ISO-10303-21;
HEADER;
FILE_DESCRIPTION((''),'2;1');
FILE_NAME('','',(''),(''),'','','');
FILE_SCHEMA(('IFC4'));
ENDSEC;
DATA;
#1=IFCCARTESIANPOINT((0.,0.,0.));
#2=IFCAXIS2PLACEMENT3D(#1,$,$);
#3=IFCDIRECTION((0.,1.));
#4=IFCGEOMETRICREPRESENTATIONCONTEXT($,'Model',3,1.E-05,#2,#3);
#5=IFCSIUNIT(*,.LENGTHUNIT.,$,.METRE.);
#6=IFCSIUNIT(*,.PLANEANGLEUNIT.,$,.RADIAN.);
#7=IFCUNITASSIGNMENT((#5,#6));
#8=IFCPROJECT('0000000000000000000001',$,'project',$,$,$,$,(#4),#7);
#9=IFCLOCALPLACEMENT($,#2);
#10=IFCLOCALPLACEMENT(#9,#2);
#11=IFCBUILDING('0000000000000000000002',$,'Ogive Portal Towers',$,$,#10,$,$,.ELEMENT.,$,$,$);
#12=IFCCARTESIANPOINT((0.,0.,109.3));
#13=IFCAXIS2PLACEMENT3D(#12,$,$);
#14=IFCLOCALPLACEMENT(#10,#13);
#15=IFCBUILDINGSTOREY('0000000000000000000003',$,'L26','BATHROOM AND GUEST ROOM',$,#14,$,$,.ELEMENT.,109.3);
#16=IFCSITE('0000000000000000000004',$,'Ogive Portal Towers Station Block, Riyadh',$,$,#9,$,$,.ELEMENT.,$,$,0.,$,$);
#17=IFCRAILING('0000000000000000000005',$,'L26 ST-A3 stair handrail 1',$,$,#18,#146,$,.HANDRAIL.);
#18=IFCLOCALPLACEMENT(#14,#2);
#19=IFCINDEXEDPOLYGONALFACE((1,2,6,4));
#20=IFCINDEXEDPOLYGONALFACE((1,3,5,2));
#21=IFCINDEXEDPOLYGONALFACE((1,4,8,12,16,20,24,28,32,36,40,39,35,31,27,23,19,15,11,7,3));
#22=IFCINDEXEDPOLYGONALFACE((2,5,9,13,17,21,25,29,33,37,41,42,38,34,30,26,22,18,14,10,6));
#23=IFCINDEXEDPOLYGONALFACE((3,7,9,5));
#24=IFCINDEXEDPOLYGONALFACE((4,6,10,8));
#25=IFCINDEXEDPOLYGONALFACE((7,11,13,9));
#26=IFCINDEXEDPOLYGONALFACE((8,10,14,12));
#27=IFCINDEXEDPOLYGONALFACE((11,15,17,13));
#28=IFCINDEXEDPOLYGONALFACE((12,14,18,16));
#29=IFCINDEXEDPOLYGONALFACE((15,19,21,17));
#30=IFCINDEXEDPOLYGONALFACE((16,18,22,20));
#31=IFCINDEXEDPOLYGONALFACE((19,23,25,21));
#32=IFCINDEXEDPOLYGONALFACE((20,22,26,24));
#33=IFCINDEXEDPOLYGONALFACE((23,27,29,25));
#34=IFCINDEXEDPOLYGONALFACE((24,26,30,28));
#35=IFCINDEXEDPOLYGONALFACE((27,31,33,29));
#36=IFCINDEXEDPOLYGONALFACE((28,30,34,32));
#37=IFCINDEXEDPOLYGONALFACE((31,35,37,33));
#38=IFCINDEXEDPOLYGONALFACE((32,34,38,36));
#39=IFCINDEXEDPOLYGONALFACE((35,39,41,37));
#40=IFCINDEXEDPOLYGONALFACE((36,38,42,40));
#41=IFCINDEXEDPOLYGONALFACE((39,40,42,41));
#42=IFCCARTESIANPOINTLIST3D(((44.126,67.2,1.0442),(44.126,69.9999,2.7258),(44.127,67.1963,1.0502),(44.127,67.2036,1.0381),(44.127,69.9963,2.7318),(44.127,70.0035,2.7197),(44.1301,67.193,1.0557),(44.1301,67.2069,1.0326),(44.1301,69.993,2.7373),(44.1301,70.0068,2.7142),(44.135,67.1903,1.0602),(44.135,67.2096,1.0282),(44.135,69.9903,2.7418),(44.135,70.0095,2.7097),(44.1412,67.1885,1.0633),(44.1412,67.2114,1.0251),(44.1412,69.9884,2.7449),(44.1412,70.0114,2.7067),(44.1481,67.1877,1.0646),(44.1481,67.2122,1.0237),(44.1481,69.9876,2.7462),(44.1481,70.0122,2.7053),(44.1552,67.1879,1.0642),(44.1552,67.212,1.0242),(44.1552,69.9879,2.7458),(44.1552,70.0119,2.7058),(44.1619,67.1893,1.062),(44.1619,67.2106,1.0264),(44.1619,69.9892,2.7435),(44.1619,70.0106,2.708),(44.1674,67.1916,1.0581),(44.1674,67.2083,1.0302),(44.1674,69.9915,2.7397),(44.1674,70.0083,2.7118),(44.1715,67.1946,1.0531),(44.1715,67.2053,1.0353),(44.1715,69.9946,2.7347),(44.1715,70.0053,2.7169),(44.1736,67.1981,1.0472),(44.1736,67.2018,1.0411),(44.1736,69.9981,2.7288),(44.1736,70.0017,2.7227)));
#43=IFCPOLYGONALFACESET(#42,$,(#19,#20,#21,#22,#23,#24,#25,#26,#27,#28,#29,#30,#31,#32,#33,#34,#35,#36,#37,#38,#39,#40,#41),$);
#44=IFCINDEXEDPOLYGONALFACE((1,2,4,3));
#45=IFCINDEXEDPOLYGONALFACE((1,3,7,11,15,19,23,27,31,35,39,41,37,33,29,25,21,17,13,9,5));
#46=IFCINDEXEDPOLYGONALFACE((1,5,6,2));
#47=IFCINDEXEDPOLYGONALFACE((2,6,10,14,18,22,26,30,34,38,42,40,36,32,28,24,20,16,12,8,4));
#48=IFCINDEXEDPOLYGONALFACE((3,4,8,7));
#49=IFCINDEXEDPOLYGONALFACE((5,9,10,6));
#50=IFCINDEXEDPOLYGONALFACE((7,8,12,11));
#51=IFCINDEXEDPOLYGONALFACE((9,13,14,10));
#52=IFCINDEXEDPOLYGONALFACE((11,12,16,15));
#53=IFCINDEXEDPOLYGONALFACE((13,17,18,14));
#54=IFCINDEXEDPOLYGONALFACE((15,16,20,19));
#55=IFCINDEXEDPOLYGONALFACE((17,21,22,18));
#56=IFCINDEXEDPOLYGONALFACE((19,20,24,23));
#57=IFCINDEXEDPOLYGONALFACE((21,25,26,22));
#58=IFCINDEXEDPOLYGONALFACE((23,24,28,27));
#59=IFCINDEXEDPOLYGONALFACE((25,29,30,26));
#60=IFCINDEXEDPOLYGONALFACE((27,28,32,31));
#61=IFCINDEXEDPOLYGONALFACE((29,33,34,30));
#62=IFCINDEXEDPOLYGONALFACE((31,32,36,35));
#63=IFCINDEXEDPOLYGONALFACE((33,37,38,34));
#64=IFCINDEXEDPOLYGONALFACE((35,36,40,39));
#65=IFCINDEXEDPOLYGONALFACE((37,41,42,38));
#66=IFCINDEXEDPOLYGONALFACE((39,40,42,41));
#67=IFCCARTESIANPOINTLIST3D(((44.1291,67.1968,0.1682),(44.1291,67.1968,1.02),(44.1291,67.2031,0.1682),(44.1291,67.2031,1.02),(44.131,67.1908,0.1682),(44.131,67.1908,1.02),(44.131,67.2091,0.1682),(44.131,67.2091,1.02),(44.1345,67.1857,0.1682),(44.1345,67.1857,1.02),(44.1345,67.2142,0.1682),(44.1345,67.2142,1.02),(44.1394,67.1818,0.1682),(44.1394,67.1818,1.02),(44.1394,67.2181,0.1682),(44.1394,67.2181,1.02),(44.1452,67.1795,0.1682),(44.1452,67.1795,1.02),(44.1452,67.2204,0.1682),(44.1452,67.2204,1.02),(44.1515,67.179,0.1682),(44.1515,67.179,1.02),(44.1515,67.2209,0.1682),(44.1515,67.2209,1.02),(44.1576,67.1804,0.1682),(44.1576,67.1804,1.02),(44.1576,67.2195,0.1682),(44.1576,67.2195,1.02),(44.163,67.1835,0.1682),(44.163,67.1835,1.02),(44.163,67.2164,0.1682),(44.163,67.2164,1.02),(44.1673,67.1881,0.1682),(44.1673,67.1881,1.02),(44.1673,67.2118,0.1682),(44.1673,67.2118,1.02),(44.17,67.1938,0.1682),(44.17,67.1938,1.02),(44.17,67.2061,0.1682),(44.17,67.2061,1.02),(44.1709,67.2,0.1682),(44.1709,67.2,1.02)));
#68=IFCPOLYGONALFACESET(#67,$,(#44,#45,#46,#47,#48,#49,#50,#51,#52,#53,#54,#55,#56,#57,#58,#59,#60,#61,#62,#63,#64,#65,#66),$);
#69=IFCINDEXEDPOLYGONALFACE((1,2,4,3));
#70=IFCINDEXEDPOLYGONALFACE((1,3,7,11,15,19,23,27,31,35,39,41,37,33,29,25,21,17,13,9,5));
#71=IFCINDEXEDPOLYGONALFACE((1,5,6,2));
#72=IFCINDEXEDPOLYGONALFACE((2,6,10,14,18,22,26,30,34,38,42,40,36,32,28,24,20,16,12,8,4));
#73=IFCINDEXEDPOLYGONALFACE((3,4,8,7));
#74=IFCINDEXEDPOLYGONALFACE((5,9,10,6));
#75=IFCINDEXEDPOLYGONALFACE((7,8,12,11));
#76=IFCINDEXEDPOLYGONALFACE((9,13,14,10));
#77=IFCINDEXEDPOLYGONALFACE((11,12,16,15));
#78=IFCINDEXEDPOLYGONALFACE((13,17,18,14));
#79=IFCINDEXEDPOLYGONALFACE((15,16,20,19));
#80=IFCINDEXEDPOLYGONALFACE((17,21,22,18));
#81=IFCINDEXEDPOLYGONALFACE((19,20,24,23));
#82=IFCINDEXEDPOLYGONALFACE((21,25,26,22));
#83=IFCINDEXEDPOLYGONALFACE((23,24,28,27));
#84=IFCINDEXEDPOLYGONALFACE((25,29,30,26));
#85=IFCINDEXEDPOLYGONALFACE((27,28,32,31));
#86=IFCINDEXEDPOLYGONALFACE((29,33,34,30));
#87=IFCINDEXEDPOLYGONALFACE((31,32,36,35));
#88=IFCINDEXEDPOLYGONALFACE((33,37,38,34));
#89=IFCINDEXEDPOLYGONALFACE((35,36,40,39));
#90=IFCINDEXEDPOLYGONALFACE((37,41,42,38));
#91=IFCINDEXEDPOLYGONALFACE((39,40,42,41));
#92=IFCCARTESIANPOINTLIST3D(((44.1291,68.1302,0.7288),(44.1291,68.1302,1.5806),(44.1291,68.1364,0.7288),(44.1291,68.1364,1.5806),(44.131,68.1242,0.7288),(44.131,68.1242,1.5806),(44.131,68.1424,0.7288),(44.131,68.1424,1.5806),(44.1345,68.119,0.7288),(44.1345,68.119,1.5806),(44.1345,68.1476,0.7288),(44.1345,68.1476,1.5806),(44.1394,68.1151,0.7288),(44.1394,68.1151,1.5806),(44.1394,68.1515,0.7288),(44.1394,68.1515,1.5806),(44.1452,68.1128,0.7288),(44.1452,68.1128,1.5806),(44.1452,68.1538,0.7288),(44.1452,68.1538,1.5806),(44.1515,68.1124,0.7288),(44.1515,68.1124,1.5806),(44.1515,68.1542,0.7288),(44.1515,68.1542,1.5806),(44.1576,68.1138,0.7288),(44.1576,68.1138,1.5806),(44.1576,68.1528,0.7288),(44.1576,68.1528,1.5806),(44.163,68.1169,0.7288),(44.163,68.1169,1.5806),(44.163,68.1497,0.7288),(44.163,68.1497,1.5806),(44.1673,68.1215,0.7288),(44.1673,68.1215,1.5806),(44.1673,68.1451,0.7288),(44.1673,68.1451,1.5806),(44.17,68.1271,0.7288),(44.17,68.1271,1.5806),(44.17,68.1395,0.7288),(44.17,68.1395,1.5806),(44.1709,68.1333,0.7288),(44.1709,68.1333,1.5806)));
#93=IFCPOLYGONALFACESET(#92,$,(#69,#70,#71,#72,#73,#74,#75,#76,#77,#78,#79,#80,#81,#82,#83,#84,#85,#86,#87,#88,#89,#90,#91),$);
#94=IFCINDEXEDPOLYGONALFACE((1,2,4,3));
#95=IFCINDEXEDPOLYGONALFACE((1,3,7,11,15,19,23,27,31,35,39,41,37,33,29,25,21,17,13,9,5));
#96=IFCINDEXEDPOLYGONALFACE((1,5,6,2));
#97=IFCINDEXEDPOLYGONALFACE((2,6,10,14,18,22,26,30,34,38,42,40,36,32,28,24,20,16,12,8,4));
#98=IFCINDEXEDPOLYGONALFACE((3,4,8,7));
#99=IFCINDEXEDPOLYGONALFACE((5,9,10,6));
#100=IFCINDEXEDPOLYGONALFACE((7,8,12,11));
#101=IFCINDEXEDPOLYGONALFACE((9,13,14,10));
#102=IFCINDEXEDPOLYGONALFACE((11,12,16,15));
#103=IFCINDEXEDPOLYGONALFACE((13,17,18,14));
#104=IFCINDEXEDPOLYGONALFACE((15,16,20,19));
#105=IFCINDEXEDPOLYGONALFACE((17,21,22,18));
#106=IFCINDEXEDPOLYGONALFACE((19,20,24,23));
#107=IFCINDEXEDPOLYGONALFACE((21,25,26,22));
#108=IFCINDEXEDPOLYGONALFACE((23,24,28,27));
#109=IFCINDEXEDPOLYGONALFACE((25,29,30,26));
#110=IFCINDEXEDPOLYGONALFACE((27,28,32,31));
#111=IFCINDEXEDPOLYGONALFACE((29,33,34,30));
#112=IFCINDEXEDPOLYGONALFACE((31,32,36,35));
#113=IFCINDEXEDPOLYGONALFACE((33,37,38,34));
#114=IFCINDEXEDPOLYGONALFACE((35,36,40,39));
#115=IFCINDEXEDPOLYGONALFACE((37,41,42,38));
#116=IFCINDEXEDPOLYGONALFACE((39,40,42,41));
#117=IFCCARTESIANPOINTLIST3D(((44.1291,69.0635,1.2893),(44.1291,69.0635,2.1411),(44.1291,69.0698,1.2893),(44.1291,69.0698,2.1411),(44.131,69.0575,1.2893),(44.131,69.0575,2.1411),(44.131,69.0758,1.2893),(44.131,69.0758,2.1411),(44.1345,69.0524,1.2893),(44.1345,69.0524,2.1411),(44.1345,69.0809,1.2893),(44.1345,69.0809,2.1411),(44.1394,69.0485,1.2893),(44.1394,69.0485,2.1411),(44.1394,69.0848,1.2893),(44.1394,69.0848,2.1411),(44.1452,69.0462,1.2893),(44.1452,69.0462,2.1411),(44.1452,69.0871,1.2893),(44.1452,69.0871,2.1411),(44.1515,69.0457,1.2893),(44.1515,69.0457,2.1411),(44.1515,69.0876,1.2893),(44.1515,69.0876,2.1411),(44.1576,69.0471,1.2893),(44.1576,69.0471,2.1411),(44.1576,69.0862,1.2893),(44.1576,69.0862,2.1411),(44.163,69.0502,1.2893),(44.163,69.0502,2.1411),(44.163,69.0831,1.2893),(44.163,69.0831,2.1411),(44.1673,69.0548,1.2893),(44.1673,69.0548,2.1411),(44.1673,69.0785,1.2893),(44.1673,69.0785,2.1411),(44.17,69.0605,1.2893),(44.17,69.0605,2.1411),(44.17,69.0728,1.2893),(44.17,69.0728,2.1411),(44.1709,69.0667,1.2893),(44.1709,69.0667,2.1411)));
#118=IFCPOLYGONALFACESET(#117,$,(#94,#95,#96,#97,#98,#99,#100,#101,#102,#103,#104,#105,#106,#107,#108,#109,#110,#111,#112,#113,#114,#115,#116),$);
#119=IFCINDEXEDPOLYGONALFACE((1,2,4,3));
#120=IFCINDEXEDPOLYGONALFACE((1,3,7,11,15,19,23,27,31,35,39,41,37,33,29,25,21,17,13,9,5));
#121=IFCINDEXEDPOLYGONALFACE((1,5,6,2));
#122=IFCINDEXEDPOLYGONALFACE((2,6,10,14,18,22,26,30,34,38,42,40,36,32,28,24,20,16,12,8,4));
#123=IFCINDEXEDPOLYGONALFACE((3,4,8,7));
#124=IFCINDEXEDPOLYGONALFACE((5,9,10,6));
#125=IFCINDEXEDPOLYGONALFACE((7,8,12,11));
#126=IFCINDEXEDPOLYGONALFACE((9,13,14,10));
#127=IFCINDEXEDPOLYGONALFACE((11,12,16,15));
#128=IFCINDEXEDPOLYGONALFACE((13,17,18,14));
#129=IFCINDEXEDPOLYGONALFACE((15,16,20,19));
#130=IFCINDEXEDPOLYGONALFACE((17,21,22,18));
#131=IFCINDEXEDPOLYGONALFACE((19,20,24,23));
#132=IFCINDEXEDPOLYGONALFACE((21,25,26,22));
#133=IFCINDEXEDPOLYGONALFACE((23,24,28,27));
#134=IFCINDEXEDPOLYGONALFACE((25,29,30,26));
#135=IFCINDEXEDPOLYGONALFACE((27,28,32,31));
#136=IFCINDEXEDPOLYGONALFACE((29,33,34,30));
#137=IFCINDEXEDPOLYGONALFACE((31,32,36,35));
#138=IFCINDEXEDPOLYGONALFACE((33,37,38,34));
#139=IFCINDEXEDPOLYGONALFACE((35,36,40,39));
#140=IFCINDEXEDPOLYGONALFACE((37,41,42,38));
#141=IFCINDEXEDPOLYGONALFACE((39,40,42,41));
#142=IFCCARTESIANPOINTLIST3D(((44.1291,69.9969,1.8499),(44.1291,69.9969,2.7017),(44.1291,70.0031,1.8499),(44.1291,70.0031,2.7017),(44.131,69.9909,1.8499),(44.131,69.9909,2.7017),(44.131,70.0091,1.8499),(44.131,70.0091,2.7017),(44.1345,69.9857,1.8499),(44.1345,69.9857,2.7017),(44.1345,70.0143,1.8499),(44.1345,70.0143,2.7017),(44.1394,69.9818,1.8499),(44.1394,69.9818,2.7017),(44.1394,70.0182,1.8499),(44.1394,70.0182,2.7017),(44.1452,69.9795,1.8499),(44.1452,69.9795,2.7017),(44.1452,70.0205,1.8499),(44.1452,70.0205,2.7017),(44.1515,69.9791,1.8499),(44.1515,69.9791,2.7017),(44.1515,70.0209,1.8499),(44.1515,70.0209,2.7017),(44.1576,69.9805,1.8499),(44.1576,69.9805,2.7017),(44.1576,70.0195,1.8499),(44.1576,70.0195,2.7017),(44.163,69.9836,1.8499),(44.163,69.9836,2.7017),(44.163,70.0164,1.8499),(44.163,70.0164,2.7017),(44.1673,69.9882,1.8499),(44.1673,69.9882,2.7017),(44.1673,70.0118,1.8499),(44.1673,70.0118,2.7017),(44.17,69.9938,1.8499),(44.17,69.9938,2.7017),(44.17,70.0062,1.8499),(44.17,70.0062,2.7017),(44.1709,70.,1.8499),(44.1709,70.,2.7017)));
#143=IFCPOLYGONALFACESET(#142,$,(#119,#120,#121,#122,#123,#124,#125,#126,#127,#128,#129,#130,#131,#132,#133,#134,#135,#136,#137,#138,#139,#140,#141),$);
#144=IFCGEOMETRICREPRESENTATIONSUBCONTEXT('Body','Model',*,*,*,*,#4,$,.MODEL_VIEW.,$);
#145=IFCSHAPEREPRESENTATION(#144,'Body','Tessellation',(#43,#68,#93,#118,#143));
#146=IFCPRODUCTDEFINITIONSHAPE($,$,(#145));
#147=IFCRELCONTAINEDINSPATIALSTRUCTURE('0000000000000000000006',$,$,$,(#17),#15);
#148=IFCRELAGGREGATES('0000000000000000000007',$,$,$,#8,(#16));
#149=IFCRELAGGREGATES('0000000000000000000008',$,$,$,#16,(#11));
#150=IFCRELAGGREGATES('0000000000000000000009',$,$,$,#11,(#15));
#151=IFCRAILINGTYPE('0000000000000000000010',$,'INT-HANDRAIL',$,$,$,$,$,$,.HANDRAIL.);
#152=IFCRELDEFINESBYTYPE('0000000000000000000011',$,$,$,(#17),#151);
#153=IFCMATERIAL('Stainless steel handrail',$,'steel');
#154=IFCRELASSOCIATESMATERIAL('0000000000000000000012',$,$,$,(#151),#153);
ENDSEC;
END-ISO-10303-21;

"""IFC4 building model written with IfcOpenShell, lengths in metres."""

from ifc_helpers import new_model, si_unit, direction, frame, origin, origin_2d, place, context, subcontext, project, spatial, circle, extrude, material, type_object, element, save


model = new_model("IFC4")

# Units and contexts
model_context = context("Model", 3, precision=1e-05, world=origin(), true_north=direction((0.0, 1.0)))
body_context = subcontext(model_context, "Body", "Model", "MODEL_VIEW")
ifc_project = project(units=[si_unit("LENGTHUNIT", "METRE"), si_unit("PLANEANGLEUNIT", "RADIAN")], contexts=[model_context])

# Site, building, storey
site_placement = place(None, origin())
site = spatial("IfcSite", under=ifc_project, at=site_placement, Name="Ogive Portal Towers Station Block, Riyadh", CompositionType="ELEMENT", RefElevation=0.0)
building_placement = place(site_placement, origin())
building = spatial("IfcBuilding", under=site, at=building_placement, Name="Ogive Portal Towers", CompositionType="ELEMENT")
storey_placement = place(building_placement, frame((0.0, 0.0, 109.3)))
storey = spatial("IfcBuildingStorey", under=building, at=storey_placement, Name="L26", Description="BATHROOM AND GUEST ROOM", CompositionType="ELEMENT", Elevation=109.3)

# Railing
ifc_material_1 = material(Name="Stainless steel handrail", Category="steel")
railing_type_1 = type_object("IfcRailingType", Name="INT-HANDRAIL", PredefinedType="HANDRAIL", material=ifc_material_1)
railing_1_placement = place(storey_placement, frame((44.1499, 67.2, 0.1682)))
element("IfcRailing", 1, at=railing_1_placement, inside=storey, type_object=railing_type_1, Name="L26 ST-A3 stair handrail 1", PredefinedType="HANDRAIL", context=body_context, shape_type="SweptSolid", body=[
    extrude(circle(Radius=0.0239, at=origin_2d()), frame((0.0, 0.0, 0.876), z_axis=(0.0, 0.857275, 0.514858), x_axis=(-1.0, 0.0, 0.0)), (0.0, 0.0, 1.0), 3.2661),
    extrude(circle(Radius=0.021, at=origin_2d()), origin(), (0.0, 0.0, 1.0), 0.8518),
    extrude(circle(Radius=0.021, at=origin_2d()), frame((0.0, 0.9333, 0.5605)), (0.0, 0.0, 1.0), 0.8518),
    extrude(circle(Radius=0.021, at=origin_2d()), frame((0.0, 1.8667, 1.1211)), (0.0, 0.0, 1.0), 0.8518),
    extrude(circle(Radius=0.021, at=origin_2d()), frame((0.0, 2.8, 1.6816)), (0.0, 0.0, 1.0), 0.8518),
])

save(model, "model.ifc")
